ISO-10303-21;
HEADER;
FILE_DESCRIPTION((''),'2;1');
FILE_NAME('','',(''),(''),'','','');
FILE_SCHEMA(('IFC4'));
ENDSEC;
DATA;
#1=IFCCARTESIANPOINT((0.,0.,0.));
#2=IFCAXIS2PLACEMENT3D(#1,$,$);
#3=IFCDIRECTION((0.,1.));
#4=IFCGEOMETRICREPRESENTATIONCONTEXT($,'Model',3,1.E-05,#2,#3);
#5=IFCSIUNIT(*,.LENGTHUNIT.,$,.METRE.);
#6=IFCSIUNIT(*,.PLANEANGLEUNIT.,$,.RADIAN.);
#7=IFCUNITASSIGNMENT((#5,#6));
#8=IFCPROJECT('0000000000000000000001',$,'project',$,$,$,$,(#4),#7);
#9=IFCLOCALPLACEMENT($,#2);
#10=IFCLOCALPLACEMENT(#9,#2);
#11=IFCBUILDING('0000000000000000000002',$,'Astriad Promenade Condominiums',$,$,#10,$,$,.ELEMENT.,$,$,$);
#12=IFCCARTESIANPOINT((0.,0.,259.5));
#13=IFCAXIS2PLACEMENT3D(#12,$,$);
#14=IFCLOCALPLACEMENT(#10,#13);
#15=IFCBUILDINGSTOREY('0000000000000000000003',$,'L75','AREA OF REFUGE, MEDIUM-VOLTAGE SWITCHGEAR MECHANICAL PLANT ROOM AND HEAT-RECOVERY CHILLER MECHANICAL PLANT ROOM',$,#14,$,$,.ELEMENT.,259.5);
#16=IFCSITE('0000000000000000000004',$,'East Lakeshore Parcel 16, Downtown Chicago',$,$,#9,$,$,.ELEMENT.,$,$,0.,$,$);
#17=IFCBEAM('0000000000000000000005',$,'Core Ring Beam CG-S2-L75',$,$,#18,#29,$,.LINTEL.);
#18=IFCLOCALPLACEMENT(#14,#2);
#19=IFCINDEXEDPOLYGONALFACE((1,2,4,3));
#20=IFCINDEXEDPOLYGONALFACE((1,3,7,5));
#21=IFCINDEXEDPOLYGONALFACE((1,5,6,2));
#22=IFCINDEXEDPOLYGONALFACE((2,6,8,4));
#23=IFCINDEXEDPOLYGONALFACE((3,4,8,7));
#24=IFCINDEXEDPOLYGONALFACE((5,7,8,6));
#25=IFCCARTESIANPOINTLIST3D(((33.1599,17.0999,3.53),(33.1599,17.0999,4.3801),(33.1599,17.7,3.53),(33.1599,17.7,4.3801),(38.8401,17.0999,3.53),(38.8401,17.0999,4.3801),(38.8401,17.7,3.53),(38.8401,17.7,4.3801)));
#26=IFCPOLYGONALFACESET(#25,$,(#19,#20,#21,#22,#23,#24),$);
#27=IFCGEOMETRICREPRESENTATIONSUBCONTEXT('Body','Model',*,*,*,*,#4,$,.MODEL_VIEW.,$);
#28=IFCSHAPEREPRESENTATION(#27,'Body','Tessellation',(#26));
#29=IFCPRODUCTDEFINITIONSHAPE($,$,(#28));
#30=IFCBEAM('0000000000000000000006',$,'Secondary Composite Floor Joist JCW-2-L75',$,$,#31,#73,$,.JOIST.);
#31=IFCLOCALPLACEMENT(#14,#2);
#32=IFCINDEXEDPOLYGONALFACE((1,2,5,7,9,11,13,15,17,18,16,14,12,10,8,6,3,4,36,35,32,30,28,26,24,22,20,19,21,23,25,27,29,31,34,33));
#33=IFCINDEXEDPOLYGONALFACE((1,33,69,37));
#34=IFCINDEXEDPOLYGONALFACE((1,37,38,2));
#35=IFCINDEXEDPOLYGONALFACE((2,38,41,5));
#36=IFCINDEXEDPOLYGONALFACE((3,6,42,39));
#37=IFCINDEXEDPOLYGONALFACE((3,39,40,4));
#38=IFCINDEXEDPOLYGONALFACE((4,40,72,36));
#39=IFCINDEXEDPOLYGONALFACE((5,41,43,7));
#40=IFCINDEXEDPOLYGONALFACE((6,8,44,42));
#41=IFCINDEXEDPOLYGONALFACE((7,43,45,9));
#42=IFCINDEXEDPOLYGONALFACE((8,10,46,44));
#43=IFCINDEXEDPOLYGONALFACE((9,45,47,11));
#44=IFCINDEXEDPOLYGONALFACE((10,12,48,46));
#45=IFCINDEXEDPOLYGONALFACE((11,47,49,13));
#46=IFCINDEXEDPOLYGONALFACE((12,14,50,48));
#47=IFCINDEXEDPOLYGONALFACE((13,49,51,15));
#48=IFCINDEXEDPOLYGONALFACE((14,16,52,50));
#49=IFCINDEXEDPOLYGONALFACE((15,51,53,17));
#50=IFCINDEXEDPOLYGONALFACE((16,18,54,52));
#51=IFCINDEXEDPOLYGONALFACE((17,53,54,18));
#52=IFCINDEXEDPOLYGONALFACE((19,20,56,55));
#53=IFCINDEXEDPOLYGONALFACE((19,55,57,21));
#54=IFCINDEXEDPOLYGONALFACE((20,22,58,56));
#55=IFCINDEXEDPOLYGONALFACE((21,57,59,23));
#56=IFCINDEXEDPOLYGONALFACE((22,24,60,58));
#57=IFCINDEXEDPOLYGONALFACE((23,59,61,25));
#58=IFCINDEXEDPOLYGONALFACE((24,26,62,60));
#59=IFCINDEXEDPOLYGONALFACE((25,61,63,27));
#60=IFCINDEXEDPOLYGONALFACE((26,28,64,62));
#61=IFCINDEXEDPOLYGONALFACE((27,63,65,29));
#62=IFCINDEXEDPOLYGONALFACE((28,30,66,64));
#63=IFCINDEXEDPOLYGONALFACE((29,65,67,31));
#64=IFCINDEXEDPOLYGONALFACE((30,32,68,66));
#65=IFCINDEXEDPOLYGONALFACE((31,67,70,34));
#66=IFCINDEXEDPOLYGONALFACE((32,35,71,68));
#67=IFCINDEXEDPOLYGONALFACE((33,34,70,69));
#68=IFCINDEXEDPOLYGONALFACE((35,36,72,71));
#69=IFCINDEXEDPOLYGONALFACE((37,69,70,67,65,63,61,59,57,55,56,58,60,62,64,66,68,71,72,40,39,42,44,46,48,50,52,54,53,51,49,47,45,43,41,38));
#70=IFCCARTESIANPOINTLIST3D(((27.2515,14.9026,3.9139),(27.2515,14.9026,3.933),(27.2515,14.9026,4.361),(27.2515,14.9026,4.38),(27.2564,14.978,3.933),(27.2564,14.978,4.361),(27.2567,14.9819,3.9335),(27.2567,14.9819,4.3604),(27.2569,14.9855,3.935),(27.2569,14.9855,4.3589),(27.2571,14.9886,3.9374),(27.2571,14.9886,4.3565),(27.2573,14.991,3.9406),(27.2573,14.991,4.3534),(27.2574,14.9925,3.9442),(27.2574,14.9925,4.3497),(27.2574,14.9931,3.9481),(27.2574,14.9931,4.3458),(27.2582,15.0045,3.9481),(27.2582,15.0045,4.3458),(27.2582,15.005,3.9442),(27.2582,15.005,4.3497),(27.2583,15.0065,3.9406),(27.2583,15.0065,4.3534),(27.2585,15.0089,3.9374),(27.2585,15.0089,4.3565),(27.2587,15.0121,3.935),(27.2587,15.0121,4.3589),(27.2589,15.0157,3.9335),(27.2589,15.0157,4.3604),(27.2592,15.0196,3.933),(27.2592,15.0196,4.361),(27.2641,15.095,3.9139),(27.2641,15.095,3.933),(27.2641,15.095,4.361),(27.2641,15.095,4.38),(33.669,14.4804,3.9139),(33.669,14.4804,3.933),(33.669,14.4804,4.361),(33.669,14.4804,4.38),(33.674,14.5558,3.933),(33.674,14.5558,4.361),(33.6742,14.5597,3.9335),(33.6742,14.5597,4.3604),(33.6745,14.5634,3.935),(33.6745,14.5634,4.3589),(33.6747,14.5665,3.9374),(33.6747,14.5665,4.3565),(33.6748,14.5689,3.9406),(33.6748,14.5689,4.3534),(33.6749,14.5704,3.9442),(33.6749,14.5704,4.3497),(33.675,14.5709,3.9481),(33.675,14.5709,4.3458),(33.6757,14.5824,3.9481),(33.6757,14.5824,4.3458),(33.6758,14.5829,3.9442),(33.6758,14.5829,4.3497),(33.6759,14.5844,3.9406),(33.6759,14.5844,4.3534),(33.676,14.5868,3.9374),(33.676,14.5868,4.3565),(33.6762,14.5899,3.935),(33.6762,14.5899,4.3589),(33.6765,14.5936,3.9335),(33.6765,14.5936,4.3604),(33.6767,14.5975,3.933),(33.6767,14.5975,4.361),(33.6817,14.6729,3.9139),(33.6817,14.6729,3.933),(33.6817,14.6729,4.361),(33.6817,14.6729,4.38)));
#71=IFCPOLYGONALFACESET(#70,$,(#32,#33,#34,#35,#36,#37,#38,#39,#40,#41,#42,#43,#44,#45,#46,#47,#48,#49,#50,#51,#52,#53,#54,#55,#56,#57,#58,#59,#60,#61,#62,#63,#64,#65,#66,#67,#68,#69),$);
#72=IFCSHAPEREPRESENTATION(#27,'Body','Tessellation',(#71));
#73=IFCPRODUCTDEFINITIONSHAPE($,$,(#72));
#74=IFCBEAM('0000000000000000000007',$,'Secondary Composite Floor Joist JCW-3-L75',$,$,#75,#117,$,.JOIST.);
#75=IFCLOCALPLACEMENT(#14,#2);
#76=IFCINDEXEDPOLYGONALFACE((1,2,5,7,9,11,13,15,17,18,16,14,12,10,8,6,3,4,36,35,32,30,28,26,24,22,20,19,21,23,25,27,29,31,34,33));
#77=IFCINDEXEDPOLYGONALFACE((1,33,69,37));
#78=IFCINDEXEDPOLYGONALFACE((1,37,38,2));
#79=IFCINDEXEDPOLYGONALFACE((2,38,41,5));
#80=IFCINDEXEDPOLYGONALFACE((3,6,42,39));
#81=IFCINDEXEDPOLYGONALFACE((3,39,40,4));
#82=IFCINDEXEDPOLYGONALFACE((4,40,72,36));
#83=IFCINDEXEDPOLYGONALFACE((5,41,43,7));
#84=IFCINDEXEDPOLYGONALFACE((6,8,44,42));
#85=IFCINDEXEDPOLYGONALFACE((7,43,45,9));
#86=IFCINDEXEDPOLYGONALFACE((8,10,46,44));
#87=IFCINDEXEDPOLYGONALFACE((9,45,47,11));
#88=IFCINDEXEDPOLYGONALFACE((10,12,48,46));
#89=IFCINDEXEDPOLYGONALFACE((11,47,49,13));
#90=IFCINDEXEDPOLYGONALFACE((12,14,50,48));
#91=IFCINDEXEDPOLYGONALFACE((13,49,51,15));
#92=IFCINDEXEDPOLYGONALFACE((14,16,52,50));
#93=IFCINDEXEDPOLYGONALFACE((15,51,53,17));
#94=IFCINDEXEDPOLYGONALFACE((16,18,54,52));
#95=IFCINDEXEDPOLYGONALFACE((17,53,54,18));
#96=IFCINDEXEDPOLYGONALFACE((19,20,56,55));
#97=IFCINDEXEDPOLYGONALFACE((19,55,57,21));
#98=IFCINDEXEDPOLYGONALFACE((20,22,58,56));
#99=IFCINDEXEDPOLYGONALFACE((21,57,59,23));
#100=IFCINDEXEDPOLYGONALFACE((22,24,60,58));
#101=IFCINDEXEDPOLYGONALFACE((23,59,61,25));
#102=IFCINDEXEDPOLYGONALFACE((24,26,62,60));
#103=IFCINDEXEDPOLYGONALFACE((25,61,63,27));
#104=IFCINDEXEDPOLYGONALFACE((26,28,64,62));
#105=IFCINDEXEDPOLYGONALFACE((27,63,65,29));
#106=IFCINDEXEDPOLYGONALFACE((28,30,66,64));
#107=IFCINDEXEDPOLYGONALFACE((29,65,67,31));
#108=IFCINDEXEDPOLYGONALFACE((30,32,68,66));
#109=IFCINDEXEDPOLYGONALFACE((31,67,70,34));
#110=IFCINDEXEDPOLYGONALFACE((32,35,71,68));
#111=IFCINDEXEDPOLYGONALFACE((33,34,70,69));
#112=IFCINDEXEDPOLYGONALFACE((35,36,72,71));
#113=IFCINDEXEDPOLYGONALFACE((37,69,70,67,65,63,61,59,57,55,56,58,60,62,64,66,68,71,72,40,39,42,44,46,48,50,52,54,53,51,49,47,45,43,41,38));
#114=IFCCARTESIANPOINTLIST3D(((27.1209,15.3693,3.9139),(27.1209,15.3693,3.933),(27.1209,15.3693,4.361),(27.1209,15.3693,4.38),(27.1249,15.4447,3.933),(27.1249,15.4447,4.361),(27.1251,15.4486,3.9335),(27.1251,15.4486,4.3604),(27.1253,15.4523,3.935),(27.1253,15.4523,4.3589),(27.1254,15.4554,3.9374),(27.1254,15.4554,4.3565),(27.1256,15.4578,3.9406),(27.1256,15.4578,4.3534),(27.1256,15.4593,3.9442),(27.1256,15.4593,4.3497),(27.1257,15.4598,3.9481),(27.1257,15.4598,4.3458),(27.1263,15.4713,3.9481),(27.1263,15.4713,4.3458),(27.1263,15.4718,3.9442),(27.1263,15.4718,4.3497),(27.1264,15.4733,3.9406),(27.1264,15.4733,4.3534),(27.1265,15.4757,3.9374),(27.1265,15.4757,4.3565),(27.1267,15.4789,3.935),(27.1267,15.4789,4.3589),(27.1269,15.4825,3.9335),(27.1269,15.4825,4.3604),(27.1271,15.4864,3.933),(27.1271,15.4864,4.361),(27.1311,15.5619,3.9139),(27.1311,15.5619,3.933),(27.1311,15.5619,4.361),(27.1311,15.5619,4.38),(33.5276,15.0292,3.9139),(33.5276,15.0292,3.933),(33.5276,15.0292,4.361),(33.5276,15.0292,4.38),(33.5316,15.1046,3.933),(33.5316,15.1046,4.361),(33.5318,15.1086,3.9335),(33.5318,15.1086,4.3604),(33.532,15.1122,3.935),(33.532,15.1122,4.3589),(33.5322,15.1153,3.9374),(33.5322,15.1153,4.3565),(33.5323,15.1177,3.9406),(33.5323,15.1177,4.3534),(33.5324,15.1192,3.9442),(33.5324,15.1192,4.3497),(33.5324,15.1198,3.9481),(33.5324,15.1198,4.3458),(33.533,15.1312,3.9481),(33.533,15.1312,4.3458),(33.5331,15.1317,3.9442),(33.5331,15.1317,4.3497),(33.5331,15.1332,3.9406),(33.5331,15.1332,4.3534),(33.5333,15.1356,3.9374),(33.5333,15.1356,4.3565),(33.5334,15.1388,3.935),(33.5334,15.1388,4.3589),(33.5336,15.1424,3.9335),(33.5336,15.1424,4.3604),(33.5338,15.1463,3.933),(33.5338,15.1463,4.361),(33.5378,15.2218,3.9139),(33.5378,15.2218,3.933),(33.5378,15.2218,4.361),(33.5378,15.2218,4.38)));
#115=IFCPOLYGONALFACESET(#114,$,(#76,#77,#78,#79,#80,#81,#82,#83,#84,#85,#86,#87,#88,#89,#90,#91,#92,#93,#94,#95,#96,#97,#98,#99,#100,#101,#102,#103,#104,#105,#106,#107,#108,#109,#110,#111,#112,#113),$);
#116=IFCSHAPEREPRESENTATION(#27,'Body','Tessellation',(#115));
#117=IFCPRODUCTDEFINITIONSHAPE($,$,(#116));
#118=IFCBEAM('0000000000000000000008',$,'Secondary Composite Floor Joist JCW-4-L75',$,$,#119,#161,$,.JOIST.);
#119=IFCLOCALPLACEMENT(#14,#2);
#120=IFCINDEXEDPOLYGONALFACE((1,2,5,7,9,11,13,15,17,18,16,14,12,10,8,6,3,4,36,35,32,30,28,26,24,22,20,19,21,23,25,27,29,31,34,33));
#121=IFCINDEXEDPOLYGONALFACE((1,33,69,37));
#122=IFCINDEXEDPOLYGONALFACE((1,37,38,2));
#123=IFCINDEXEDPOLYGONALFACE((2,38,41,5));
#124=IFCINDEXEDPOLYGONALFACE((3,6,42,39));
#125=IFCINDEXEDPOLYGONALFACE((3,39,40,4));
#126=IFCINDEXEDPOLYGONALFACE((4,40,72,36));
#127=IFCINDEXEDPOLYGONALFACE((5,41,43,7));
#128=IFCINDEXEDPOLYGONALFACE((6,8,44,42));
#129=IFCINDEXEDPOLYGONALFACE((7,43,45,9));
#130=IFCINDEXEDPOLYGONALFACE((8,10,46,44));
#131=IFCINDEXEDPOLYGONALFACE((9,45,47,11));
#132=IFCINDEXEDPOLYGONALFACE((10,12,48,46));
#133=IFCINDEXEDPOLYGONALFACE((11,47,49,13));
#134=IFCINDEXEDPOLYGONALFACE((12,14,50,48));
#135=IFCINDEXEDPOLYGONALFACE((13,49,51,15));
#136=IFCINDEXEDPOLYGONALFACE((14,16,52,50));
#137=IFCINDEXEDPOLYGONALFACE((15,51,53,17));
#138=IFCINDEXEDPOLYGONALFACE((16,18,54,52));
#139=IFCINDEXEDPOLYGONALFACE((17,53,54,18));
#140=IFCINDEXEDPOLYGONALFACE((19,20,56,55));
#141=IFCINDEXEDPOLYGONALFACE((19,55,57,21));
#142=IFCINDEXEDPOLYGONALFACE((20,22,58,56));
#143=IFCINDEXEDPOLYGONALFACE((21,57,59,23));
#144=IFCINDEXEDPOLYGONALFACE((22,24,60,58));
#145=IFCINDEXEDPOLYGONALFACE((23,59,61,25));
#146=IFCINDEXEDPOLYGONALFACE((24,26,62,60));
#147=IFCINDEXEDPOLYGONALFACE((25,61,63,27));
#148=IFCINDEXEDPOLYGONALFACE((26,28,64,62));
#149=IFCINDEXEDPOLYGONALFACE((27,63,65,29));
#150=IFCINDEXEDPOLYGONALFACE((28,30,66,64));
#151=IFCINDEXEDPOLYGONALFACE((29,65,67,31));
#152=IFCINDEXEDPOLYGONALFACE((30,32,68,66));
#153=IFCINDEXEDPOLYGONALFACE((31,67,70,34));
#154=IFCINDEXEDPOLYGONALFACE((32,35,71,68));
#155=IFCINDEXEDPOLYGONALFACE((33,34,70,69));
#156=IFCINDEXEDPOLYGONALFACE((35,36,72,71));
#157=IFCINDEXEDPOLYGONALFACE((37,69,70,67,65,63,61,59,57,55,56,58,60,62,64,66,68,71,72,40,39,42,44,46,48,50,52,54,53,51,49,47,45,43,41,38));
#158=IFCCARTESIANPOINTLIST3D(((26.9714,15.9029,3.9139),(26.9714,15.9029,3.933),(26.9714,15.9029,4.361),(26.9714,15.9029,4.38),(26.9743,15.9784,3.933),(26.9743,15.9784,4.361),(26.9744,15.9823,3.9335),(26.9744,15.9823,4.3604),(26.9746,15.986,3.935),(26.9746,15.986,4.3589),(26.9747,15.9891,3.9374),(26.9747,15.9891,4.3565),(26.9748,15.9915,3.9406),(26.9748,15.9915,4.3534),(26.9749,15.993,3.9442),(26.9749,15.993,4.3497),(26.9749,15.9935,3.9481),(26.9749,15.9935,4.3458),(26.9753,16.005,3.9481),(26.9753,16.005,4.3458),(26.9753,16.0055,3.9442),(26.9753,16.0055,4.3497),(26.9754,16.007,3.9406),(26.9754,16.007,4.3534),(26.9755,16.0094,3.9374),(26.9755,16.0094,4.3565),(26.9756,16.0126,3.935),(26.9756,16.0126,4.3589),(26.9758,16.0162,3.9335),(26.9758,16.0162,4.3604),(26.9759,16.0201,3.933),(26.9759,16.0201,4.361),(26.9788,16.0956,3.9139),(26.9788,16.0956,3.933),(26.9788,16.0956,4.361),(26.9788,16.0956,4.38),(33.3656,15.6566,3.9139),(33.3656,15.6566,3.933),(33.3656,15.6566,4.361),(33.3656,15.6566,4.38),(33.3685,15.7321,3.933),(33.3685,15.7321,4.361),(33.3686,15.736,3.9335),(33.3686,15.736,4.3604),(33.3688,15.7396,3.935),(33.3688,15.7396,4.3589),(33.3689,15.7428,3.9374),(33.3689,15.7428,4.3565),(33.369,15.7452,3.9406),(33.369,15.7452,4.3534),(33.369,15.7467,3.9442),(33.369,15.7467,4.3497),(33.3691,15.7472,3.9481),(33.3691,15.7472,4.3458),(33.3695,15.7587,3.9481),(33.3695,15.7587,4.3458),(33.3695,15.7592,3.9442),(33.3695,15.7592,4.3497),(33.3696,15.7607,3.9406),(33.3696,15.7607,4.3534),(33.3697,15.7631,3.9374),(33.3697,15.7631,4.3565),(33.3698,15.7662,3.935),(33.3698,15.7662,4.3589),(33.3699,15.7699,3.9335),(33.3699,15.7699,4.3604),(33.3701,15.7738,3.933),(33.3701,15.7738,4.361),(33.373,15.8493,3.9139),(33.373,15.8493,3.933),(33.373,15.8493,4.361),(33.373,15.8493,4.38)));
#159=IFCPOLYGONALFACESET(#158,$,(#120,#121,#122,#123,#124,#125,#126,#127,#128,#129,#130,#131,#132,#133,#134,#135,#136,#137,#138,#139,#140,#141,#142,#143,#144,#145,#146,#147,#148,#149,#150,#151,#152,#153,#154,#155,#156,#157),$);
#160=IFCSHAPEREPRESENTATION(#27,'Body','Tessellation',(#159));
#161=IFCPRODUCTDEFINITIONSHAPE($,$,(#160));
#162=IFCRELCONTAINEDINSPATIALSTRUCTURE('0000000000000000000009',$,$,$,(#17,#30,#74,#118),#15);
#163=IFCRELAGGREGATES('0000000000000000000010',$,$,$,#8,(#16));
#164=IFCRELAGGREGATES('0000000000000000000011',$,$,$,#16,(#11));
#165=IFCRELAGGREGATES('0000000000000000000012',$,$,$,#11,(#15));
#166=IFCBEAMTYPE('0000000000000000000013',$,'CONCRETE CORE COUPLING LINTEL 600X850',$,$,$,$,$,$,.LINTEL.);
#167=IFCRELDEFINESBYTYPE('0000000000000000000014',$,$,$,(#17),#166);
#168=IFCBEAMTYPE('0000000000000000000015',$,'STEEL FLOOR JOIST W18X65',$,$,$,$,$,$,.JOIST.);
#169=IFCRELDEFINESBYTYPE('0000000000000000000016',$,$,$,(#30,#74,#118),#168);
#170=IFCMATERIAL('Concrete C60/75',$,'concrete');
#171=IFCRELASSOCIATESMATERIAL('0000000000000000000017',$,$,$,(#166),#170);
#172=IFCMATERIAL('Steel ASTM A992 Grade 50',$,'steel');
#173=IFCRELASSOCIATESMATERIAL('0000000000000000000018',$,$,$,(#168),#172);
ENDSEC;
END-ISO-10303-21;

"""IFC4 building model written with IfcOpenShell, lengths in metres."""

from ifc_helpers import new_model, si_unit, direction, frame, origin, origin_2d, place, context, subcontext, project, spatial, rectangle, i_section, extrude, source, transform, mapped, material, material_profile, profile_set, type_object, type_shapes, element, save


model = new_model("IFC4")

# Units and contexts
model_context = context("Model", 3, precision=1e-05, world=origin(), true_north=direction((0.0, 1.0)))
body_context = subcontext(model_context, "Body", "Model", "MODEL_VIEW")
ifc_project = project(units=[si_unit("LENGTHUNIT", "METRE"), si_unit("PLANEANGLEUNIT", "RADIAN")], contexts=[model_context])

# Site, building, storey
site_placement = place(None, origin())
site = spatial("IfcSite", under=ifc_project, at=site_placement, Name="East Lakeshore Parcel 16, Downtown Chicago", CompositionType="ELEMENT", RefElevation=0.0)
building_placement = place(site_placement, origin())
building = spatial("IfcBuilding", under=site, at=building_placement, Name="Astriad Promenade Condominiums", CompositionType="ELEMENT")
storey_placement = place(building_placement, frame((0.0, 0.0, 259.5)))
storey = spatial("IfcBuildingStorey", under=building, at=storey_placement, Name="L75", Description="AREA OF REFUGE, MEDIUM-VOLTAGE SWITCHGEAR MECHANICAL PLANT ROOM AND HEAT-RECOVERY CHILLER MECHANICAL PLANT ROOM", CompositionType="ELEMENT", Elevation=259.5)

# Shared definitions
ifc_material_1 = material(Name="Steel ASTM A992 Grade 50", Category="steel")

# Beams
ifc_material_2 = material(Name="Concrete C60/75", Category="concrete")
ifc_material_profile_1 = material_profile(ifc_material_2, rectangle(XDim=0.6001, YDim=0.8501, at=origin_2d()), Name="RC-BM-600X850")
ifc_profile_set_1 = profile_set([ifc_material_profile_1], Name="Concrete C60/75")
beam_type_1 = type_object("IfcBeamType", Name="CONCRETE CORE COUPLING LINTEL 600X850", PredefinedType="LINTEL", material=ifc_profile_set_1)
shared_shape_1 = source(origin(), body_context, "Body", "SweptSolid", [
    extrude(rectangle(XDim=0.6001, YDim=0.8501, at=origin_2d()), origin(), (0.0, 0.0, 1.0), 5.6802),
])
type_shapes(beam_type_1, [shared_shape_1])
beam_1_placement = place(storey_placement, frame((33.1599, 17.3999, 3.9551), z_axis=(1.0, 0.0, 0.0), x_axis=(0.0, 1.0, 0.0)))
element("IfcBeam", 1, at=beam_1_placement, inside=storey, type_object=beam_type_1, Name="Core Ring Beam CG-S2-L75", PredefinedType="LINTEL", context=body_context, shape_type="MappedRepresentation", body=[
    mapped(shared_shape_1, transform((0.0, 0.0, 0.0), scale=1.0)),
])
ifc_material_profile_2 = material_profile(ifc_material_1, i_section(OverallWidth=0.1929, OverallDepth=0.4661, WebThickness=0.0115, FlangeThickness=0.019, FilletRadius=0.0151, at=origin_2d()), Name="W18X65")
ifc_profile_set_2 = profile_set([ifc_material_profile_2], Name="Steel ASTM A992 Grade 50")
beam_type_2 = type_object("IfcBeamType", Name="STEEL FLOOR JOIST W18X65", PredefinedType="JOIST", material=ifc_profile_set_2)
shared_shape_2 = source(origin(), body_context, "Body", "SweptSolid", [
    extrude(i_section(OverallWidth=0.1929, OverallDepth=0.4661, WebThickness=0.0115, FlangeThickness=0.019, FilletRadius=0.0151, at=origin_2d()), origin(), (0.0, 0.0, 1.0), 6.4314),
])
beam_2_placement = place(storey_placement, frame((27.2578, 14.9988, 4.147), z_axis=(0.997844, -0.065635, 0.0), x_axis=(0.065635, 0.997844, 0.0)))
element("IfcBeam", 2, at=beam_2_placement, inside=storey, type_object=beam_type_2, Name="Secondary Composite Floor Joist JCW-2-L75", PredefinedType="JOIST", context=body_context, shape_type="MappedRepresentation", body=[
    mapped(shared_shape_2, transform((0.0, 0.0, 0.0), scale=1.0)),
])
shared_shape_3 = source(origin(), body_context, "Body", "SweptSolid", [
    extrude(i_section(OverallWidth=0.1929, OverallDepth=0.4661, WebThickness=0.0115, FlangeThickness=0.019, FilletRadius=0.0151, at=origin_2d()), origin(), (0.0, 0.0, 1.0), 6.4158),
])
beam_3_placement = place(storey_placement, frame((27.126, 15.4656, 4.147), z_axis=(0.998594, -0.053008, 0.0), x_axis=(0.053008, 0.998594, 0.0)))
element("IfcBeam", 3, at=beam_3_placement, inside=storey, type_object=beam_type_2, Name="Secondary Composite Floor Joist JCW-3-L75", PredefinedType="JOIST", context=body_context, shape_type="MappedRepresentation", body=[
    mapped(shared_shape_3, transform((0.0, 0.0, 0.0), scale=1.0)),
])
shared_shape_4 = source(origin(), body_context, "Body", "SweptSolid", [
    extrude(i_section(OverallWidth=0.1929, OverallDepth=0.4661, WebThickness=0.0115, FlangeThickness=0.019, FilletRadius=0.0151, at=origin_2d()), origin(), (0.0, 0.0, 1.0), 6.3989),
])
beam_4_placement = place(storey_placement, frame((26.9751, 15.9993, 4.147), z_axis=(0.999259, -0.038496, 0.0), x_axis=(0.038496, 0.999259, 0.0)))
element("IfcBeam", 4, at=beam_4_placement, inside=storey, type_object=beam_type_2, Name="Secondary Composite Floor Joist JCW-4-L75", PredefinedType="JOIST", context=body_context, shape_type="MappedRepresentation", body=[
    mapped(shared_shape_4, transform((0.0, 0.0, 0.0), scale=1.0)),
])

save(model, "model.ifc")
